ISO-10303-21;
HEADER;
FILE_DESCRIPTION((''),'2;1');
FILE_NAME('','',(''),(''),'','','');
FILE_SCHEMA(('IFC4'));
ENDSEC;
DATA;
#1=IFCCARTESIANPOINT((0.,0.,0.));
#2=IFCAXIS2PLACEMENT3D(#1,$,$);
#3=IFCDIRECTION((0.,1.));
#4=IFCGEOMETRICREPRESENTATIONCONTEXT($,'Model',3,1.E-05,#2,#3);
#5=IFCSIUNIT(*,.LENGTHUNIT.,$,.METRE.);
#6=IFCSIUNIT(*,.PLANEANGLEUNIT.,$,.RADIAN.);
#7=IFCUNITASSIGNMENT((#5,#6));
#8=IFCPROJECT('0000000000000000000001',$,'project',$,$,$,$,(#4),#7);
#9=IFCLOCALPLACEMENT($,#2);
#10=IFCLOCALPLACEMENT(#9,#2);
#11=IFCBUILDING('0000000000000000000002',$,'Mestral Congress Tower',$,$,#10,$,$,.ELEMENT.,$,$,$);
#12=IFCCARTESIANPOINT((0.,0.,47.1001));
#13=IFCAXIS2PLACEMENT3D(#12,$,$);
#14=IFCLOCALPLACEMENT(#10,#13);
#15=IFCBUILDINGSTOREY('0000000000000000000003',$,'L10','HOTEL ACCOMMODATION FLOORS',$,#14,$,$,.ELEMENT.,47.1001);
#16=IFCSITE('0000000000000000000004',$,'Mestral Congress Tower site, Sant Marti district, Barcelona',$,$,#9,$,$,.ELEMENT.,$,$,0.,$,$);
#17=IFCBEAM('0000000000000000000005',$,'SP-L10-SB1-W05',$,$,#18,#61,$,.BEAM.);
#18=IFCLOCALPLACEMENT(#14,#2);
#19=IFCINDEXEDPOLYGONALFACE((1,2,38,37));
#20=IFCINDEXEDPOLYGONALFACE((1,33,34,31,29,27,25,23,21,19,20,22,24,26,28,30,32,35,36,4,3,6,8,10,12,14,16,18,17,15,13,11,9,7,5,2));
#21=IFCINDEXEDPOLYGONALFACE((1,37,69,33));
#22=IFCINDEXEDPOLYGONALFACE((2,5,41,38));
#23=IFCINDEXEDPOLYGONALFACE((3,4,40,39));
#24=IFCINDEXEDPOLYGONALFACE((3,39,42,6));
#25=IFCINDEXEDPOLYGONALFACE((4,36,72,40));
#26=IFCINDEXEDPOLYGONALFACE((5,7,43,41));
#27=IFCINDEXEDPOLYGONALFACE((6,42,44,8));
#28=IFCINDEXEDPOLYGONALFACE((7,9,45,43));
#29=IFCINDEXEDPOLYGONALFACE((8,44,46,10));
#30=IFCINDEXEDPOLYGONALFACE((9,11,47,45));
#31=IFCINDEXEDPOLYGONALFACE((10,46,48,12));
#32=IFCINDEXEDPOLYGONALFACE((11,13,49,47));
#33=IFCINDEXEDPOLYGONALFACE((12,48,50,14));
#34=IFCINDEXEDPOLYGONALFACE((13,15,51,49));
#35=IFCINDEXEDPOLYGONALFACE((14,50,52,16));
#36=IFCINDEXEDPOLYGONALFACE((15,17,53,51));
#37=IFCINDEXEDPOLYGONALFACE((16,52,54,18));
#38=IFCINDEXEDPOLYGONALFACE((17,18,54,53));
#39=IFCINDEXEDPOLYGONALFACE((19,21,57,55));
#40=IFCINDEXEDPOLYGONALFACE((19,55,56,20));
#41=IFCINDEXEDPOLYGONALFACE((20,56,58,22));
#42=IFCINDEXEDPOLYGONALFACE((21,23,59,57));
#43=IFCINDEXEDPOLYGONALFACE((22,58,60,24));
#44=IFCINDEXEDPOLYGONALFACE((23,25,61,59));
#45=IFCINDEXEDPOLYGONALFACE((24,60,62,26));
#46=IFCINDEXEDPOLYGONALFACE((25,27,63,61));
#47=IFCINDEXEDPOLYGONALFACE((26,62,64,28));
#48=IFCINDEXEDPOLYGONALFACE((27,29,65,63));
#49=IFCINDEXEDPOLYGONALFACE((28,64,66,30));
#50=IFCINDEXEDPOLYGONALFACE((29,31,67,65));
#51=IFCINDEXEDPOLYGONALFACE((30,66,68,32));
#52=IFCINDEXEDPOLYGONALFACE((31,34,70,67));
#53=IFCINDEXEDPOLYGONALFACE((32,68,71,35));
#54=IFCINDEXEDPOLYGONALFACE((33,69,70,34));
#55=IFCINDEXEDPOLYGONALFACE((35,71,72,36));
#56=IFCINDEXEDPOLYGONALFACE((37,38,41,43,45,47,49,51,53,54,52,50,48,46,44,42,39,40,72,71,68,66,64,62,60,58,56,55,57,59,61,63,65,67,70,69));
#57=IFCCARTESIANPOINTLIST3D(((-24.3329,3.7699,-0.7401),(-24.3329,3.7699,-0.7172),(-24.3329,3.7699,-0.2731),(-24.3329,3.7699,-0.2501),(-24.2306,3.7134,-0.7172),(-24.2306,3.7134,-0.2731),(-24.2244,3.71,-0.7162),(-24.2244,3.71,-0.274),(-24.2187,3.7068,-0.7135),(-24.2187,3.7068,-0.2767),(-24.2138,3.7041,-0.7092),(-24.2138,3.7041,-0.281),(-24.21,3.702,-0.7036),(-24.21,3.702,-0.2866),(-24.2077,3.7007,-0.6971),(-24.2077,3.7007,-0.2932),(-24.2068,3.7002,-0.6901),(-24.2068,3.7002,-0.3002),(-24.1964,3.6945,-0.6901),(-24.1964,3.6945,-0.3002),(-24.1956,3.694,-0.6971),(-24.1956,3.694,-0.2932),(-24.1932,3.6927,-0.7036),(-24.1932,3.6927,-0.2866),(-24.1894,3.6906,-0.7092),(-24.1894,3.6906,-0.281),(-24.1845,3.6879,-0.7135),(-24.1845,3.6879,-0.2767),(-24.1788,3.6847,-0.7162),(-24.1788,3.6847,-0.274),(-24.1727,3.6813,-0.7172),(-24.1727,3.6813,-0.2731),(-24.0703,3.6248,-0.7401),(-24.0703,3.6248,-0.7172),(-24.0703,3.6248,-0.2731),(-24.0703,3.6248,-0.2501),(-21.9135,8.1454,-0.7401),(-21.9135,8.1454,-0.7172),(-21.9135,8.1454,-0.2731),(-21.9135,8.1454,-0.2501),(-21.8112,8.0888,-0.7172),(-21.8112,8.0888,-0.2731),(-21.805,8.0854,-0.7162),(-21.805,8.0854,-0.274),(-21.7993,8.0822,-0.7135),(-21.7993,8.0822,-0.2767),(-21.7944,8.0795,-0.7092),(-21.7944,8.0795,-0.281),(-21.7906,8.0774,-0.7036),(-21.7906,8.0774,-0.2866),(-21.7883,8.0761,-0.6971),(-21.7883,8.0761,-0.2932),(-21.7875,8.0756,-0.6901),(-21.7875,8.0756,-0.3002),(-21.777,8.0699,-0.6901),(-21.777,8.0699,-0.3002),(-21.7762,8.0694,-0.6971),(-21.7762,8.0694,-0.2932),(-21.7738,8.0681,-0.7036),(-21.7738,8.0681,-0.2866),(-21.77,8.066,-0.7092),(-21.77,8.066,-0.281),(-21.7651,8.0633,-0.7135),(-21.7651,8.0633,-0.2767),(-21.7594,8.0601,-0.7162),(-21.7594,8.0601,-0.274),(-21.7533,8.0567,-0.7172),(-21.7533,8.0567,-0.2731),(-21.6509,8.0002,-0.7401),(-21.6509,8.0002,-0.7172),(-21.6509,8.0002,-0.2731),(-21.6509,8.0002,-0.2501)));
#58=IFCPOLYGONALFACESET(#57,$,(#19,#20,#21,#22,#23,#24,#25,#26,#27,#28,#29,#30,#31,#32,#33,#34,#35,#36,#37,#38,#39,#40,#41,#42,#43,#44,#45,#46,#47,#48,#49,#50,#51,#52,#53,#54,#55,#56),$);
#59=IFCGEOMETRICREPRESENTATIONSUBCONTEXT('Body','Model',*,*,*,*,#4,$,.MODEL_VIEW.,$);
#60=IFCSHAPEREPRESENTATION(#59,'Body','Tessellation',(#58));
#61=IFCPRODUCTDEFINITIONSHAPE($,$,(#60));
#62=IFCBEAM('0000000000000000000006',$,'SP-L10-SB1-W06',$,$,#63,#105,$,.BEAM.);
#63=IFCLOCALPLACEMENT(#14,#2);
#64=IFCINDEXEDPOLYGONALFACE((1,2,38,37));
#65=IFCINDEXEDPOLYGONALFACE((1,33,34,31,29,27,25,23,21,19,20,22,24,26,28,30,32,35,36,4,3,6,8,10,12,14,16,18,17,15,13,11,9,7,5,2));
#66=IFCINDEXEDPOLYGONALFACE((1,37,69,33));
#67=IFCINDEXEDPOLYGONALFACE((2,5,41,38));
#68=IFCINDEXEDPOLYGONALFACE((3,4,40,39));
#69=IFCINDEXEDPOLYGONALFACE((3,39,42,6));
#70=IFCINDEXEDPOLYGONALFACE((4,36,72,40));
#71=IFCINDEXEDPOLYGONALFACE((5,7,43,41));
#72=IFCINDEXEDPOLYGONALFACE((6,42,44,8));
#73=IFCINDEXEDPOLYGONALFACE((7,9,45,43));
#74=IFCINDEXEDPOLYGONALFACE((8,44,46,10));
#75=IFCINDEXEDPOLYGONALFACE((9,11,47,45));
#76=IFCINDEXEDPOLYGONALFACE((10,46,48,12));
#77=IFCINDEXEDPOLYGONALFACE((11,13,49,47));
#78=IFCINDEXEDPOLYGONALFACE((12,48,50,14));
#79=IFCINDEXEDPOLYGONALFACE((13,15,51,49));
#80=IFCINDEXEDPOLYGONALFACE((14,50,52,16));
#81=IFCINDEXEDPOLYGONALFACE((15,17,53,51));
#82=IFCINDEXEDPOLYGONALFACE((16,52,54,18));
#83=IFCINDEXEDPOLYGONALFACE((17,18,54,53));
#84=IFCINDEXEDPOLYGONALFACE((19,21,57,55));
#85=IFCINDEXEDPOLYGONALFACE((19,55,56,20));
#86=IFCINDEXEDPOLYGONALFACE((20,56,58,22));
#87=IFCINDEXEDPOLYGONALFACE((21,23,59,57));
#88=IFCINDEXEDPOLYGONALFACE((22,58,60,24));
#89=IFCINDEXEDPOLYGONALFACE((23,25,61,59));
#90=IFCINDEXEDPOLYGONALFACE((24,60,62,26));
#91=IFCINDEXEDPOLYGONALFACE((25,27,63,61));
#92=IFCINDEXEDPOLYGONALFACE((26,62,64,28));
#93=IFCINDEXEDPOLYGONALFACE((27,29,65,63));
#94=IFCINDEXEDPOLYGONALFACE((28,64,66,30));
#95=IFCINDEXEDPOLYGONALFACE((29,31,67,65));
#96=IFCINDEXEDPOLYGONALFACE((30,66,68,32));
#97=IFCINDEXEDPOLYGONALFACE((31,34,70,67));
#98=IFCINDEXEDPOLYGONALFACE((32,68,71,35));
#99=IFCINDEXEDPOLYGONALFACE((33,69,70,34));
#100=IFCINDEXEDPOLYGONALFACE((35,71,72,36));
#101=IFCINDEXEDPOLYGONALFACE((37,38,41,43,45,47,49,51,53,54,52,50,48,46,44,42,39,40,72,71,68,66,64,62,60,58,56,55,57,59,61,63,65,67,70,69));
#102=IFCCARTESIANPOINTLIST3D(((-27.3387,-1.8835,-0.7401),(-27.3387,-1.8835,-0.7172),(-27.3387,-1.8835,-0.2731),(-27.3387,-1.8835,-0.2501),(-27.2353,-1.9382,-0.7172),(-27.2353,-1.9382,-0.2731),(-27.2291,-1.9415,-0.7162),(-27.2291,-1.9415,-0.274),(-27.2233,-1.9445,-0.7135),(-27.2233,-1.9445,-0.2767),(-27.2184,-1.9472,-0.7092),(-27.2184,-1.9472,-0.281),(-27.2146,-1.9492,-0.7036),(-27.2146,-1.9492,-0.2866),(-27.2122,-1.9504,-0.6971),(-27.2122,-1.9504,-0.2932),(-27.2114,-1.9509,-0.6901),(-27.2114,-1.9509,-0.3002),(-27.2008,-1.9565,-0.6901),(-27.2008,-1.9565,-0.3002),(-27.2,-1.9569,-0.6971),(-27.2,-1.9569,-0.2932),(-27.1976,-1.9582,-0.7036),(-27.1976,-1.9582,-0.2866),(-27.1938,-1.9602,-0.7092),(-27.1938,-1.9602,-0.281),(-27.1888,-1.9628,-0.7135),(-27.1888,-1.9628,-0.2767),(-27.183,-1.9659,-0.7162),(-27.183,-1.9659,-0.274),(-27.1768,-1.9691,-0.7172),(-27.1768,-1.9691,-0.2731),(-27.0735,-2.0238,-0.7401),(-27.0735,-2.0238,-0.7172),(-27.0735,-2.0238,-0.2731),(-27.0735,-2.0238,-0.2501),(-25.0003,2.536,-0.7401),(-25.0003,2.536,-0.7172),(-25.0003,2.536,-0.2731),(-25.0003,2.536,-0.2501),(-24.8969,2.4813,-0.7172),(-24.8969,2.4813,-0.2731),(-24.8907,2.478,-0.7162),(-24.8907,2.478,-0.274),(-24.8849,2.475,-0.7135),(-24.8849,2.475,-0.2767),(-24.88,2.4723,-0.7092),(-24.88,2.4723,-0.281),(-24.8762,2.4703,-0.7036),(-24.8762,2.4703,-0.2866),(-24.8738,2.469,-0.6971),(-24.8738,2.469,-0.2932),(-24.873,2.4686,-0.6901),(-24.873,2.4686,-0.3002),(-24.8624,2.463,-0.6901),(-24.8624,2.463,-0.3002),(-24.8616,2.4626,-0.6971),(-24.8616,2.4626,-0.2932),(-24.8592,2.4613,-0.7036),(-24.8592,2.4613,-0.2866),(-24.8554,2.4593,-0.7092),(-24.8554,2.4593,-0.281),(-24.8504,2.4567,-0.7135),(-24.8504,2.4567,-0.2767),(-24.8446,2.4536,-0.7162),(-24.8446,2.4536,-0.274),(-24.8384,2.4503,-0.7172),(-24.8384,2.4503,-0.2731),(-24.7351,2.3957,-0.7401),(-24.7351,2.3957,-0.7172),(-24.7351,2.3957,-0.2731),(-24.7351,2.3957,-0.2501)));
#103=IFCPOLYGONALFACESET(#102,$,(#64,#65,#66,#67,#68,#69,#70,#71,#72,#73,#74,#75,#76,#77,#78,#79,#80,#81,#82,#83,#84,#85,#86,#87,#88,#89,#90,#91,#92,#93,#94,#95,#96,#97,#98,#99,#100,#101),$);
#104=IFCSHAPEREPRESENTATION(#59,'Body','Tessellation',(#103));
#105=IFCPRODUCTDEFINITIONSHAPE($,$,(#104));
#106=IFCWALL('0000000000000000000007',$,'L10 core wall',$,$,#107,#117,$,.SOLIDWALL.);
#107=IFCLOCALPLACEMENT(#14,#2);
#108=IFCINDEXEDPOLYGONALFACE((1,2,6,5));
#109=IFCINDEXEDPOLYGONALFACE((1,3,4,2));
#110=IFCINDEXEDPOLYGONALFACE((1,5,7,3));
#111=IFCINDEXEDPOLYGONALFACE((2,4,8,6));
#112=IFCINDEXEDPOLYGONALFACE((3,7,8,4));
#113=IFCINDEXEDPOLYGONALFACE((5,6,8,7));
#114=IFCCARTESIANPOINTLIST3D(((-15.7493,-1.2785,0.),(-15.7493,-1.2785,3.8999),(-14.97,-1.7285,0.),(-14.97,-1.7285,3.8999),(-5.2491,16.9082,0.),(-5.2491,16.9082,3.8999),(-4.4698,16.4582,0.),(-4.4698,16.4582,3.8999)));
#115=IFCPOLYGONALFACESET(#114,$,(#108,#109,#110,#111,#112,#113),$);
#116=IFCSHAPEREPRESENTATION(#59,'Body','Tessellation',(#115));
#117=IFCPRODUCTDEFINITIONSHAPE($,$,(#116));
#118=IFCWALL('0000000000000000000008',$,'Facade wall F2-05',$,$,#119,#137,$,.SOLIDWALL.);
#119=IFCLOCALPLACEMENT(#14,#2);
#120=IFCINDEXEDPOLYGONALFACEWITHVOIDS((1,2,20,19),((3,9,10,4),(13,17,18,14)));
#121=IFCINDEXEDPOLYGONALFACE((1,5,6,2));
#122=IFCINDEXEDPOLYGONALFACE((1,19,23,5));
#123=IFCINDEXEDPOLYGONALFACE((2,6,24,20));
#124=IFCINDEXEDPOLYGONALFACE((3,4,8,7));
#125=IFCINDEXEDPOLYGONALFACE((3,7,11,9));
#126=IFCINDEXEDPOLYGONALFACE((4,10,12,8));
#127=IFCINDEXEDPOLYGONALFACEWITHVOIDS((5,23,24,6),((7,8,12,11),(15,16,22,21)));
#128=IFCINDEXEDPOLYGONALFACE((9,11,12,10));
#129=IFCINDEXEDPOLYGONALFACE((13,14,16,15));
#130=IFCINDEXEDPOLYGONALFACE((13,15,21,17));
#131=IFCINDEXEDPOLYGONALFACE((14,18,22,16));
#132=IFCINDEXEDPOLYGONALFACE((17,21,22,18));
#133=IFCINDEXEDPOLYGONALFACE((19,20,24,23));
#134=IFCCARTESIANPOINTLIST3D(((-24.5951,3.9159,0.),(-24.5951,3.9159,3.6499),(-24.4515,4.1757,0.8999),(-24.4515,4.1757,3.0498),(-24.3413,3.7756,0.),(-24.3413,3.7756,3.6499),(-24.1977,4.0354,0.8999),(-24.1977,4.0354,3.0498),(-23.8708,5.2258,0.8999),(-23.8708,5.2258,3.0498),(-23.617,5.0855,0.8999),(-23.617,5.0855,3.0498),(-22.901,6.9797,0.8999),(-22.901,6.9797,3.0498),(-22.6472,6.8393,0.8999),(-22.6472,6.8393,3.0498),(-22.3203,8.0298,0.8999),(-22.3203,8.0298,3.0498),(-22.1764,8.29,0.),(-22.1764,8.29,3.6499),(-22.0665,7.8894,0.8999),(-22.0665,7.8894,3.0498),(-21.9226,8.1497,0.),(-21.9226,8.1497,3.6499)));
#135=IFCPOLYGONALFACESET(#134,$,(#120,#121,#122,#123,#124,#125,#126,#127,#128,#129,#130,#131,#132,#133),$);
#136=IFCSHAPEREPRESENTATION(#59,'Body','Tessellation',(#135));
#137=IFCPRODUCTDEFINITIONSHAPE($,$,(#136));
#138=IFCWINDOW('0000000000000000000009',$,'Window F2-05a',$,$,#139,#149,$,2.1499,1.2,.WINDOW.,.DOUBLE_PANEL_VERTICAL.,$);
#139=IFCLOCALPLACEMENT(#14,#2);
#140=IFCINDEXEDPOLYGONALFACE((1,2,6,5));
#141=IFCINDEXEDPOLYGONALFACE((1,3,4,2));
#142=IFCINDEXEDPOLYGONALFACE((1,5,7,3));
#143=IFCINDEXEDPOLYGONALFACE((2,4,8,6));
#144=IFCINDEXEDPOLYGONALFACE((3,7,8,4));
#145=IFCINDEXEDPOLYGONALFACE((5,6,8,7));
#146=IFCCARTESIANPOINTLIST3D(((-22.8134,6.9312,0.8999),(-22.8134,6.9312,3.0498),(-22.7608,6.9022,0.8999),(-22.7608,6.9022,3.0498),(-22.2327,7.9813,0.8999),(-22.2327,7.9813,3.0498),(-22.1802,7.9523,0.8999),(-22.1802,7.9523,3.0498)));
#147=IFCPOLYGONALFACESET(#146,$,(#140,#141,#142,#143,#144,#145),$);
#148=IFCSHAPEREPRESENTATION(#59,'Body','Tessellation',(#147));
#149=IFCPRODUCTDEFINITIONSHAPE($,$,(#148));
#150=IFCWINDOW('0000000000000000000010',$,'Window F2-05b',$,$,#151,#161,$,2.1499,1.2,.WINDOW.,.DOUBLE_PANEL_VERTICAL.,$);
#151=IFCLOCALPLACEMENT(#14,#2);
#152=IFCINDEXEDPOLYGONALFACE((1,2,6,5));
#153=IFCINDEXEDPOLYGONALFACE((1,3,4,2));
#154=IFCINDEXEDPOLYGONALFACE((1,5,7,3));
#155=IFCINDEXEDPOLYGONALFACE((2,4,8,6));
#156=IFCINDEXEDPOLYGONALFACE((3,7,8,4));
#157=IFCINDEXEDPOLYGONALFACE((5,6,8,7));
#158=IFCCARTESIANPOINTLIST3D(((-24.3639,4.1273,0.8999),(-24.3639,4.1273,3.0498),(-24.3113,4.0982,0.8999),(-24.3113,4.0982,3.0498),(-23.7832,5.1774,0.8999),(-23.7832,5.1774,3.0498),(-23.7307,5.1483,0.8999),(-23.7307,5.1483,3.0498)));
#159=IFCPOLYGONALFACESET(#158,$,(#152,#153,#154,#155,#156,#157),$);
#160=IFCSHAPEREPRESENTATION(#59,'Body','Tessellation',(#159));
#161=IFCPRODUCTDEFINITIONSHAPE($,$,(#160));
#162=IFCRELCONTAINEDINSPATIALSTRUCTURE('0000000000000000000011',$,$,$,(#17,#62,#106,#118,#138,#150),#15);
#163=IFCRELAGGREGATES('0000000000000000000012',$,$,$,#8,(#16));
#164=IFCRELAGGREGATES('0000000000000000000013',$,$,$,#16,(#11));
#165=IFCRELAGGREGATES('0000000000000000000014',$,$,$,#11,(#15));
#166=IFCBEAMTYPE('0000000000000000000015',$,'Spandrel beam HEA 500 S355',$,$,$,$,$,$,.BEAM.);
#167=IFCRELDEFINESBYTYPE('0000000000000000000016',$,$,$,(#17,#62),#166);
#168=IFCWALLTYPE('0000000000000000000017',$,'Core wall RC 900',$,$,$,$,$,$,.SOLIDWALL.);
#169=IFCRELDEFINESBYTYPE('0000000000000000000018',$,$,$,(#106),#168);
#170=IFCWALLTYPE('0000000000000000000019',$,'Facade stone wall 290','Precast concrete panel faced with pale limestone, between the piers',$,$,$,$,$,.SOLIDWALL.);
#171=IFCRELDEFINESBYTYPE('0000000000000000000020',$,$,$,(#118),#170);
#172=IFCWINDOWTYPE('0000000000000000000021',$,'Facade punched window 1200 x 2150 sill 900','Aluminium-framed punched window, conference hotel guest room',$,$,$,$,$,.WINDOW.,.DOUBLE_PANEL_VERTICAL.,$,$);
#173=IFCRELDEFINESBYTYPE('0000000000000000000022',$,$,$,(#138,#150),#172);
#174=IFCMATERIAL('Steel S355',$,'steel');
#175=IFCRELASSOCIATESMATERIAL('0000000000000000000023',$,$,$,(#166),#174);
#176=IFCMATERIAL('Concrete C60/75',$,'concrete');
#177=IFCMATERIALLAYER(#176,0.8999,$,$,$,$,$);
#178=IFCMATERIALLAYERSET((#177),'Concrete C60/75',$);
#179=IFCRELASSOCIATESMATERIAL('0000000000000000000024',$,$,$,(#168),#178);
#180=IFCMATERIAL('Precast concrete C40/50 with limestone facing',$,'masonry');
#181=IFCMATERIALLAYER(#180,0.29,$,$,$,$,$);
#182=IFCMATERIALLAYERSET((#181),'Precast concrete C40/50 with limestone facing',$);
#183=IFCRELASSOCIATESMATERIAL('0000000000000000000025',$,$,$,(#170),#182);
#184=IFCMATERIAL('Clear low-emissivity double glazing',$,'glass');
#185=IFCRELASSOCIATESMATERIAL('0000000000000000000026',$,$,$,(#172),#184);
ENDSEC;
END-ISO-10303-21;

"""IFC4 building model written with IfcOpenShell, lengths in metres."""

from ifc_helpers import new_model, si_unit, direction, frame, frame_2d, origin, origin_2d, place, context, subcontext, project, spatial, rectangle, i_section, extrude, material, layer, layer_set, material_profile, profile_set, type_object, element, fill, save


model = new_model("IFC4")

# Units and contexts
model_context = context("Model", 3, precision=1e-05, world=origin(), true_north=direction((0.0, 1.0)))
body_context = subcontext(model_context, "Body", "Model", "MODEL_VIEW")
ifc_project = project(units=[si_unit("LENGTHUNIT", "METRE"), si_unit("PLANEANGLEUNIT", "RADIAN")], contexts=[model_context])

# Site, building, storey
site_placement = place(None, origin())
site = spatial("IfcSite", under=ifc_project, at=site_placement, Name="Mestral Congress Tower site, Sant Marti district, Barcelona", CompositionType="ELEMENT", RefElevation=0.0)
building_placement = place(site_placement, origin())
building = spatial("IfcBuilding", under=site, at=building_placement, Name="Mestral Congress Tower", CompositionType="ELEMENT")
storey_placement = place(building_placement, frame((0.0, 0.0, 47.1001)))
storey = spatial("IfcBuildingStorey", under=building, at=storey_placement, Name="L10", Description="HOTEL ACCOMMODATION FLOORS", CompositionType="ELEMENT", Elevation=47.1001)

# Beams
ifc_material_1 = material(Name="Steel S355", Category="steel")
ifc_material_profile_1 = material_profile(ifc_material_1, i_section(OverallWidth=0.3, OverallDepth=0.49, WebThickness=0.012, FlangeThickness=0.0229, FilletRadius=0.0271, at=origin_2d()), Name="HEA 500")
ifc_profile_set_1 = profile_set([ifc_material_profile_1], Name="Steel S355")
beam_type_1 = type_object("IfcBeamType", Name="Spandrel beam HEA 500 S355", PredefinedType="BEAM", material=ifc_profile_set_1)
beam_1_placement = place(storey_placement, frame((-21.7822, 8.0728, -0.4951), z_axis=(-0.483901, -0.875123, 0.0), x_axis=(0.875123, -0.483901, 0.0)))
element("IfcBeam", 1, at=beam_1_placement, inside=storey, type_object=beam_type_1, Name="SP-L10-SB1-W05", PredefinedType="BEAM", context=body_context, shape_type="SweptSolid", body=[
    extrude(i_section(OverallWidth=0.3, OverallDepth=0.49, WebThickness=0.012, FlangeThickness=0.0229, FilletRadius=0.0271, at=origin_2d()), origin(), (0.0, 0.0, 1.0), 4.9998),
])
beam_2_placement = place(storey_placement, frame((-24.8677, 2.4658, -0.4951), z_axis=(-0.467681, -0.883897, 0.0), x_axis=(0.883897, -0.467681, 0.0)))
element("IfcBeam", 2, at=beam_2_placement, inside=storey, type_object=beam_type_1, Name="SP-L10-SB1-W06", PredefinedType="BEAM", context=body_context, shape_type="SweptSolid", body=[
    extrude(i_section(OverallWidth=0.3, OverallDepth=0.49, WebThickness=0.012, FlangeThickness=0.0229, FilletRadius=0.0271, at=origin_2d()), origin(), (0.0, 0.0, 1.0), 5.0),
])

# Wall
ifc_material_2 = material(Name="Concrete C60/75", Category="concrete")
ifc_layer_1 = layer(ifc_material_2, 0.8999)
ifc_layer_set_1 = layer_set([ifc_layer_1], Name="Concrete C60/75")
wall_type_1 = type_object("IfcWallType", Name="Core wall RC 900", PredefinedType="SOLIDWALL", material=ifc_layer_set_1)
wall_1_placement = place(storey_placement, frame((-15.3596, -1.5034, 0.0), z_axis=(0.0, 0.0, 1.0), x_axis=(0.500004, 0.866023, 0.0)))
element("IfcWall", 3, at=wall_1_placement, inside=storey, type_object=wall_type_1, Name="L10 core wall", PredefinedType="SOLIDWALL", context=body_context, shape_type="SweptSolid", body=[
    extrude(rectangle(XDim=21.0002, YDim=0.8999, at=frame_2d((10.5, 0.0))), origin(), (0.0, 0.0, 1.0), 3.8999),
])

# Wall, openings, windows
ifc_material_3 = material(Name="Precast concrete C40/50 with limestone facing", Category="masonry")
ifc_layer_2 = layer(ifc_material_3, 0.29)
ifc_layer_set_2 = layer_set([ifc_layer_2], Name="Precast concrete C40/50 with limestone facing")
wall_type_2 = type_object("IfcWallType", Name="Facade stone wall 290", Description="Precast concrete panel faced with pale limestone, between the piers", PredefinedType="SOLIDWALL", material=ifc_layer_set_2)
wall_2_placement = place(storey_placement, frame((-22.0496, 8.2197, 0.0), z_axis=(0.0, 0.0, 1.0), x_axis=(-0.483913, -0.875116, 0.0)))
wall_2 = element("IfcWall", 4, at=wall_2_placement, inside=storey, type_object=wall_type_2, Name="Facade wall F2-05", PredefinedType="SOLIDWALL", context=body_context, shape_type="SweptSolid", body=[
    extrude(rectangle(XDim=4.9983, YDim=0.29, at=frame_2d((2.499, 0.0))), origin(), (0.0, 0.0, 1.0), 3.6499),
])
opening_1_placement = place(wall_2_placement, frame((0.2971, 0.0, 0.8999)))
opening_1 = element("IfcOpeningElement", 5, at=opening_1_placement, cuts=wall_2, PredefinedType="OPENING", context=body_context, shape_type="SweptSolid", body=[
    extrude(rectangle(XDim=1.2, YDim=2.1499, at=frame_2d((0.6001, 1.075))), frame((0.0, 0.155, 0.0), z_axis=(0.0, -1.0, 0.0), x_axis=(1.0, 0.0, 0.0)), (0.0, 0.0, 1.0), 0.3101),
])
opening_2_placement = place(wall_2_placement, frame((3.5012, 0.0, 0.8999)))
opening_2 = element("IfcOpeningElement", 6, at=opening_2_placement, cuts=wall_2, PredefinedType="OPENING", context=body_context, shape_type="SweptSolid", body=[
    extrude(rectangle(XDim=1.2, YDim=2.1499, at=frame_2d((0.6001, 1.075))), frame((0.0, 0.155, 0.0), z_axis=(0.0, -1.0, 0.0), x_axis=(1.0, 0.0, 0.0)), (0.0, 0.0, 1.0), 0.3101),
])
ifc_material_4 = material(Name="Clear low-emissivity double glazing", Category="glass")
window_type = type_object("IfcWindowType", Name="Facade punched window 1200 x 2150 sill 900", Description="Aluminium-framed punched window, conference hotel guest room", PartitioningType="DOUBLE_PANEL_VERTICAL", PredefinedType="WINDOW", material=ifc_material_4)
window_1_placement = place(opening_1_placement, origin())
window_1 = element("IfcWindow", 7, at=window_1_placement, inside=storey, type_object=window_type, Name="Window F2-05a", OverallHeight=2.1499, OverallWidth=1.2, PartitioningType="DOUBLE_PANEL_VERTICAL", PredefinedType="WINDOW", context=body_context, shape_type="SweptSolid", body=[
    extrude(rectangle(XDim=1.2, YDim=2.1499, at=frame_2d((0.6001, 1.075))), frame((0.0, 0.0151, 0.0), z_axis=(0.0, -1.0, 0.0), x_axis=(1.0, 0.0, 0.0)), (0.0, 0.0, 1.0), 0.0601),
])
fill(opening_1, window_1)
window_2_placement = place(opening_2_placement, origin())
window_2 = element("IfcWindow", 8, at=window_2_placement, inside=storey, type_object=window_type, Name="Window F2-05b", OverallHeight=2.1499, OverallWidth=1.2, PartitioningType="DOUBLE_PANEL_VERTICAL", PredefinedType="WINDOW", context=body_context, shape_type="SweptSolid", body=[
    extrude(rectangle(XDim=1.2, YDim=2.1499, at=frame_2d((0.6001, 1.075))), frame((0.0, 0.0151, 0.0), z_axis=(0.0, -1.0, 0.0), x_axis=(1.0, 0.0, 0.0)), (0.0, 0.0, 1.0), 0.0601),
])
fill(opening_2, window_2)

save(model, "model.ifc")
